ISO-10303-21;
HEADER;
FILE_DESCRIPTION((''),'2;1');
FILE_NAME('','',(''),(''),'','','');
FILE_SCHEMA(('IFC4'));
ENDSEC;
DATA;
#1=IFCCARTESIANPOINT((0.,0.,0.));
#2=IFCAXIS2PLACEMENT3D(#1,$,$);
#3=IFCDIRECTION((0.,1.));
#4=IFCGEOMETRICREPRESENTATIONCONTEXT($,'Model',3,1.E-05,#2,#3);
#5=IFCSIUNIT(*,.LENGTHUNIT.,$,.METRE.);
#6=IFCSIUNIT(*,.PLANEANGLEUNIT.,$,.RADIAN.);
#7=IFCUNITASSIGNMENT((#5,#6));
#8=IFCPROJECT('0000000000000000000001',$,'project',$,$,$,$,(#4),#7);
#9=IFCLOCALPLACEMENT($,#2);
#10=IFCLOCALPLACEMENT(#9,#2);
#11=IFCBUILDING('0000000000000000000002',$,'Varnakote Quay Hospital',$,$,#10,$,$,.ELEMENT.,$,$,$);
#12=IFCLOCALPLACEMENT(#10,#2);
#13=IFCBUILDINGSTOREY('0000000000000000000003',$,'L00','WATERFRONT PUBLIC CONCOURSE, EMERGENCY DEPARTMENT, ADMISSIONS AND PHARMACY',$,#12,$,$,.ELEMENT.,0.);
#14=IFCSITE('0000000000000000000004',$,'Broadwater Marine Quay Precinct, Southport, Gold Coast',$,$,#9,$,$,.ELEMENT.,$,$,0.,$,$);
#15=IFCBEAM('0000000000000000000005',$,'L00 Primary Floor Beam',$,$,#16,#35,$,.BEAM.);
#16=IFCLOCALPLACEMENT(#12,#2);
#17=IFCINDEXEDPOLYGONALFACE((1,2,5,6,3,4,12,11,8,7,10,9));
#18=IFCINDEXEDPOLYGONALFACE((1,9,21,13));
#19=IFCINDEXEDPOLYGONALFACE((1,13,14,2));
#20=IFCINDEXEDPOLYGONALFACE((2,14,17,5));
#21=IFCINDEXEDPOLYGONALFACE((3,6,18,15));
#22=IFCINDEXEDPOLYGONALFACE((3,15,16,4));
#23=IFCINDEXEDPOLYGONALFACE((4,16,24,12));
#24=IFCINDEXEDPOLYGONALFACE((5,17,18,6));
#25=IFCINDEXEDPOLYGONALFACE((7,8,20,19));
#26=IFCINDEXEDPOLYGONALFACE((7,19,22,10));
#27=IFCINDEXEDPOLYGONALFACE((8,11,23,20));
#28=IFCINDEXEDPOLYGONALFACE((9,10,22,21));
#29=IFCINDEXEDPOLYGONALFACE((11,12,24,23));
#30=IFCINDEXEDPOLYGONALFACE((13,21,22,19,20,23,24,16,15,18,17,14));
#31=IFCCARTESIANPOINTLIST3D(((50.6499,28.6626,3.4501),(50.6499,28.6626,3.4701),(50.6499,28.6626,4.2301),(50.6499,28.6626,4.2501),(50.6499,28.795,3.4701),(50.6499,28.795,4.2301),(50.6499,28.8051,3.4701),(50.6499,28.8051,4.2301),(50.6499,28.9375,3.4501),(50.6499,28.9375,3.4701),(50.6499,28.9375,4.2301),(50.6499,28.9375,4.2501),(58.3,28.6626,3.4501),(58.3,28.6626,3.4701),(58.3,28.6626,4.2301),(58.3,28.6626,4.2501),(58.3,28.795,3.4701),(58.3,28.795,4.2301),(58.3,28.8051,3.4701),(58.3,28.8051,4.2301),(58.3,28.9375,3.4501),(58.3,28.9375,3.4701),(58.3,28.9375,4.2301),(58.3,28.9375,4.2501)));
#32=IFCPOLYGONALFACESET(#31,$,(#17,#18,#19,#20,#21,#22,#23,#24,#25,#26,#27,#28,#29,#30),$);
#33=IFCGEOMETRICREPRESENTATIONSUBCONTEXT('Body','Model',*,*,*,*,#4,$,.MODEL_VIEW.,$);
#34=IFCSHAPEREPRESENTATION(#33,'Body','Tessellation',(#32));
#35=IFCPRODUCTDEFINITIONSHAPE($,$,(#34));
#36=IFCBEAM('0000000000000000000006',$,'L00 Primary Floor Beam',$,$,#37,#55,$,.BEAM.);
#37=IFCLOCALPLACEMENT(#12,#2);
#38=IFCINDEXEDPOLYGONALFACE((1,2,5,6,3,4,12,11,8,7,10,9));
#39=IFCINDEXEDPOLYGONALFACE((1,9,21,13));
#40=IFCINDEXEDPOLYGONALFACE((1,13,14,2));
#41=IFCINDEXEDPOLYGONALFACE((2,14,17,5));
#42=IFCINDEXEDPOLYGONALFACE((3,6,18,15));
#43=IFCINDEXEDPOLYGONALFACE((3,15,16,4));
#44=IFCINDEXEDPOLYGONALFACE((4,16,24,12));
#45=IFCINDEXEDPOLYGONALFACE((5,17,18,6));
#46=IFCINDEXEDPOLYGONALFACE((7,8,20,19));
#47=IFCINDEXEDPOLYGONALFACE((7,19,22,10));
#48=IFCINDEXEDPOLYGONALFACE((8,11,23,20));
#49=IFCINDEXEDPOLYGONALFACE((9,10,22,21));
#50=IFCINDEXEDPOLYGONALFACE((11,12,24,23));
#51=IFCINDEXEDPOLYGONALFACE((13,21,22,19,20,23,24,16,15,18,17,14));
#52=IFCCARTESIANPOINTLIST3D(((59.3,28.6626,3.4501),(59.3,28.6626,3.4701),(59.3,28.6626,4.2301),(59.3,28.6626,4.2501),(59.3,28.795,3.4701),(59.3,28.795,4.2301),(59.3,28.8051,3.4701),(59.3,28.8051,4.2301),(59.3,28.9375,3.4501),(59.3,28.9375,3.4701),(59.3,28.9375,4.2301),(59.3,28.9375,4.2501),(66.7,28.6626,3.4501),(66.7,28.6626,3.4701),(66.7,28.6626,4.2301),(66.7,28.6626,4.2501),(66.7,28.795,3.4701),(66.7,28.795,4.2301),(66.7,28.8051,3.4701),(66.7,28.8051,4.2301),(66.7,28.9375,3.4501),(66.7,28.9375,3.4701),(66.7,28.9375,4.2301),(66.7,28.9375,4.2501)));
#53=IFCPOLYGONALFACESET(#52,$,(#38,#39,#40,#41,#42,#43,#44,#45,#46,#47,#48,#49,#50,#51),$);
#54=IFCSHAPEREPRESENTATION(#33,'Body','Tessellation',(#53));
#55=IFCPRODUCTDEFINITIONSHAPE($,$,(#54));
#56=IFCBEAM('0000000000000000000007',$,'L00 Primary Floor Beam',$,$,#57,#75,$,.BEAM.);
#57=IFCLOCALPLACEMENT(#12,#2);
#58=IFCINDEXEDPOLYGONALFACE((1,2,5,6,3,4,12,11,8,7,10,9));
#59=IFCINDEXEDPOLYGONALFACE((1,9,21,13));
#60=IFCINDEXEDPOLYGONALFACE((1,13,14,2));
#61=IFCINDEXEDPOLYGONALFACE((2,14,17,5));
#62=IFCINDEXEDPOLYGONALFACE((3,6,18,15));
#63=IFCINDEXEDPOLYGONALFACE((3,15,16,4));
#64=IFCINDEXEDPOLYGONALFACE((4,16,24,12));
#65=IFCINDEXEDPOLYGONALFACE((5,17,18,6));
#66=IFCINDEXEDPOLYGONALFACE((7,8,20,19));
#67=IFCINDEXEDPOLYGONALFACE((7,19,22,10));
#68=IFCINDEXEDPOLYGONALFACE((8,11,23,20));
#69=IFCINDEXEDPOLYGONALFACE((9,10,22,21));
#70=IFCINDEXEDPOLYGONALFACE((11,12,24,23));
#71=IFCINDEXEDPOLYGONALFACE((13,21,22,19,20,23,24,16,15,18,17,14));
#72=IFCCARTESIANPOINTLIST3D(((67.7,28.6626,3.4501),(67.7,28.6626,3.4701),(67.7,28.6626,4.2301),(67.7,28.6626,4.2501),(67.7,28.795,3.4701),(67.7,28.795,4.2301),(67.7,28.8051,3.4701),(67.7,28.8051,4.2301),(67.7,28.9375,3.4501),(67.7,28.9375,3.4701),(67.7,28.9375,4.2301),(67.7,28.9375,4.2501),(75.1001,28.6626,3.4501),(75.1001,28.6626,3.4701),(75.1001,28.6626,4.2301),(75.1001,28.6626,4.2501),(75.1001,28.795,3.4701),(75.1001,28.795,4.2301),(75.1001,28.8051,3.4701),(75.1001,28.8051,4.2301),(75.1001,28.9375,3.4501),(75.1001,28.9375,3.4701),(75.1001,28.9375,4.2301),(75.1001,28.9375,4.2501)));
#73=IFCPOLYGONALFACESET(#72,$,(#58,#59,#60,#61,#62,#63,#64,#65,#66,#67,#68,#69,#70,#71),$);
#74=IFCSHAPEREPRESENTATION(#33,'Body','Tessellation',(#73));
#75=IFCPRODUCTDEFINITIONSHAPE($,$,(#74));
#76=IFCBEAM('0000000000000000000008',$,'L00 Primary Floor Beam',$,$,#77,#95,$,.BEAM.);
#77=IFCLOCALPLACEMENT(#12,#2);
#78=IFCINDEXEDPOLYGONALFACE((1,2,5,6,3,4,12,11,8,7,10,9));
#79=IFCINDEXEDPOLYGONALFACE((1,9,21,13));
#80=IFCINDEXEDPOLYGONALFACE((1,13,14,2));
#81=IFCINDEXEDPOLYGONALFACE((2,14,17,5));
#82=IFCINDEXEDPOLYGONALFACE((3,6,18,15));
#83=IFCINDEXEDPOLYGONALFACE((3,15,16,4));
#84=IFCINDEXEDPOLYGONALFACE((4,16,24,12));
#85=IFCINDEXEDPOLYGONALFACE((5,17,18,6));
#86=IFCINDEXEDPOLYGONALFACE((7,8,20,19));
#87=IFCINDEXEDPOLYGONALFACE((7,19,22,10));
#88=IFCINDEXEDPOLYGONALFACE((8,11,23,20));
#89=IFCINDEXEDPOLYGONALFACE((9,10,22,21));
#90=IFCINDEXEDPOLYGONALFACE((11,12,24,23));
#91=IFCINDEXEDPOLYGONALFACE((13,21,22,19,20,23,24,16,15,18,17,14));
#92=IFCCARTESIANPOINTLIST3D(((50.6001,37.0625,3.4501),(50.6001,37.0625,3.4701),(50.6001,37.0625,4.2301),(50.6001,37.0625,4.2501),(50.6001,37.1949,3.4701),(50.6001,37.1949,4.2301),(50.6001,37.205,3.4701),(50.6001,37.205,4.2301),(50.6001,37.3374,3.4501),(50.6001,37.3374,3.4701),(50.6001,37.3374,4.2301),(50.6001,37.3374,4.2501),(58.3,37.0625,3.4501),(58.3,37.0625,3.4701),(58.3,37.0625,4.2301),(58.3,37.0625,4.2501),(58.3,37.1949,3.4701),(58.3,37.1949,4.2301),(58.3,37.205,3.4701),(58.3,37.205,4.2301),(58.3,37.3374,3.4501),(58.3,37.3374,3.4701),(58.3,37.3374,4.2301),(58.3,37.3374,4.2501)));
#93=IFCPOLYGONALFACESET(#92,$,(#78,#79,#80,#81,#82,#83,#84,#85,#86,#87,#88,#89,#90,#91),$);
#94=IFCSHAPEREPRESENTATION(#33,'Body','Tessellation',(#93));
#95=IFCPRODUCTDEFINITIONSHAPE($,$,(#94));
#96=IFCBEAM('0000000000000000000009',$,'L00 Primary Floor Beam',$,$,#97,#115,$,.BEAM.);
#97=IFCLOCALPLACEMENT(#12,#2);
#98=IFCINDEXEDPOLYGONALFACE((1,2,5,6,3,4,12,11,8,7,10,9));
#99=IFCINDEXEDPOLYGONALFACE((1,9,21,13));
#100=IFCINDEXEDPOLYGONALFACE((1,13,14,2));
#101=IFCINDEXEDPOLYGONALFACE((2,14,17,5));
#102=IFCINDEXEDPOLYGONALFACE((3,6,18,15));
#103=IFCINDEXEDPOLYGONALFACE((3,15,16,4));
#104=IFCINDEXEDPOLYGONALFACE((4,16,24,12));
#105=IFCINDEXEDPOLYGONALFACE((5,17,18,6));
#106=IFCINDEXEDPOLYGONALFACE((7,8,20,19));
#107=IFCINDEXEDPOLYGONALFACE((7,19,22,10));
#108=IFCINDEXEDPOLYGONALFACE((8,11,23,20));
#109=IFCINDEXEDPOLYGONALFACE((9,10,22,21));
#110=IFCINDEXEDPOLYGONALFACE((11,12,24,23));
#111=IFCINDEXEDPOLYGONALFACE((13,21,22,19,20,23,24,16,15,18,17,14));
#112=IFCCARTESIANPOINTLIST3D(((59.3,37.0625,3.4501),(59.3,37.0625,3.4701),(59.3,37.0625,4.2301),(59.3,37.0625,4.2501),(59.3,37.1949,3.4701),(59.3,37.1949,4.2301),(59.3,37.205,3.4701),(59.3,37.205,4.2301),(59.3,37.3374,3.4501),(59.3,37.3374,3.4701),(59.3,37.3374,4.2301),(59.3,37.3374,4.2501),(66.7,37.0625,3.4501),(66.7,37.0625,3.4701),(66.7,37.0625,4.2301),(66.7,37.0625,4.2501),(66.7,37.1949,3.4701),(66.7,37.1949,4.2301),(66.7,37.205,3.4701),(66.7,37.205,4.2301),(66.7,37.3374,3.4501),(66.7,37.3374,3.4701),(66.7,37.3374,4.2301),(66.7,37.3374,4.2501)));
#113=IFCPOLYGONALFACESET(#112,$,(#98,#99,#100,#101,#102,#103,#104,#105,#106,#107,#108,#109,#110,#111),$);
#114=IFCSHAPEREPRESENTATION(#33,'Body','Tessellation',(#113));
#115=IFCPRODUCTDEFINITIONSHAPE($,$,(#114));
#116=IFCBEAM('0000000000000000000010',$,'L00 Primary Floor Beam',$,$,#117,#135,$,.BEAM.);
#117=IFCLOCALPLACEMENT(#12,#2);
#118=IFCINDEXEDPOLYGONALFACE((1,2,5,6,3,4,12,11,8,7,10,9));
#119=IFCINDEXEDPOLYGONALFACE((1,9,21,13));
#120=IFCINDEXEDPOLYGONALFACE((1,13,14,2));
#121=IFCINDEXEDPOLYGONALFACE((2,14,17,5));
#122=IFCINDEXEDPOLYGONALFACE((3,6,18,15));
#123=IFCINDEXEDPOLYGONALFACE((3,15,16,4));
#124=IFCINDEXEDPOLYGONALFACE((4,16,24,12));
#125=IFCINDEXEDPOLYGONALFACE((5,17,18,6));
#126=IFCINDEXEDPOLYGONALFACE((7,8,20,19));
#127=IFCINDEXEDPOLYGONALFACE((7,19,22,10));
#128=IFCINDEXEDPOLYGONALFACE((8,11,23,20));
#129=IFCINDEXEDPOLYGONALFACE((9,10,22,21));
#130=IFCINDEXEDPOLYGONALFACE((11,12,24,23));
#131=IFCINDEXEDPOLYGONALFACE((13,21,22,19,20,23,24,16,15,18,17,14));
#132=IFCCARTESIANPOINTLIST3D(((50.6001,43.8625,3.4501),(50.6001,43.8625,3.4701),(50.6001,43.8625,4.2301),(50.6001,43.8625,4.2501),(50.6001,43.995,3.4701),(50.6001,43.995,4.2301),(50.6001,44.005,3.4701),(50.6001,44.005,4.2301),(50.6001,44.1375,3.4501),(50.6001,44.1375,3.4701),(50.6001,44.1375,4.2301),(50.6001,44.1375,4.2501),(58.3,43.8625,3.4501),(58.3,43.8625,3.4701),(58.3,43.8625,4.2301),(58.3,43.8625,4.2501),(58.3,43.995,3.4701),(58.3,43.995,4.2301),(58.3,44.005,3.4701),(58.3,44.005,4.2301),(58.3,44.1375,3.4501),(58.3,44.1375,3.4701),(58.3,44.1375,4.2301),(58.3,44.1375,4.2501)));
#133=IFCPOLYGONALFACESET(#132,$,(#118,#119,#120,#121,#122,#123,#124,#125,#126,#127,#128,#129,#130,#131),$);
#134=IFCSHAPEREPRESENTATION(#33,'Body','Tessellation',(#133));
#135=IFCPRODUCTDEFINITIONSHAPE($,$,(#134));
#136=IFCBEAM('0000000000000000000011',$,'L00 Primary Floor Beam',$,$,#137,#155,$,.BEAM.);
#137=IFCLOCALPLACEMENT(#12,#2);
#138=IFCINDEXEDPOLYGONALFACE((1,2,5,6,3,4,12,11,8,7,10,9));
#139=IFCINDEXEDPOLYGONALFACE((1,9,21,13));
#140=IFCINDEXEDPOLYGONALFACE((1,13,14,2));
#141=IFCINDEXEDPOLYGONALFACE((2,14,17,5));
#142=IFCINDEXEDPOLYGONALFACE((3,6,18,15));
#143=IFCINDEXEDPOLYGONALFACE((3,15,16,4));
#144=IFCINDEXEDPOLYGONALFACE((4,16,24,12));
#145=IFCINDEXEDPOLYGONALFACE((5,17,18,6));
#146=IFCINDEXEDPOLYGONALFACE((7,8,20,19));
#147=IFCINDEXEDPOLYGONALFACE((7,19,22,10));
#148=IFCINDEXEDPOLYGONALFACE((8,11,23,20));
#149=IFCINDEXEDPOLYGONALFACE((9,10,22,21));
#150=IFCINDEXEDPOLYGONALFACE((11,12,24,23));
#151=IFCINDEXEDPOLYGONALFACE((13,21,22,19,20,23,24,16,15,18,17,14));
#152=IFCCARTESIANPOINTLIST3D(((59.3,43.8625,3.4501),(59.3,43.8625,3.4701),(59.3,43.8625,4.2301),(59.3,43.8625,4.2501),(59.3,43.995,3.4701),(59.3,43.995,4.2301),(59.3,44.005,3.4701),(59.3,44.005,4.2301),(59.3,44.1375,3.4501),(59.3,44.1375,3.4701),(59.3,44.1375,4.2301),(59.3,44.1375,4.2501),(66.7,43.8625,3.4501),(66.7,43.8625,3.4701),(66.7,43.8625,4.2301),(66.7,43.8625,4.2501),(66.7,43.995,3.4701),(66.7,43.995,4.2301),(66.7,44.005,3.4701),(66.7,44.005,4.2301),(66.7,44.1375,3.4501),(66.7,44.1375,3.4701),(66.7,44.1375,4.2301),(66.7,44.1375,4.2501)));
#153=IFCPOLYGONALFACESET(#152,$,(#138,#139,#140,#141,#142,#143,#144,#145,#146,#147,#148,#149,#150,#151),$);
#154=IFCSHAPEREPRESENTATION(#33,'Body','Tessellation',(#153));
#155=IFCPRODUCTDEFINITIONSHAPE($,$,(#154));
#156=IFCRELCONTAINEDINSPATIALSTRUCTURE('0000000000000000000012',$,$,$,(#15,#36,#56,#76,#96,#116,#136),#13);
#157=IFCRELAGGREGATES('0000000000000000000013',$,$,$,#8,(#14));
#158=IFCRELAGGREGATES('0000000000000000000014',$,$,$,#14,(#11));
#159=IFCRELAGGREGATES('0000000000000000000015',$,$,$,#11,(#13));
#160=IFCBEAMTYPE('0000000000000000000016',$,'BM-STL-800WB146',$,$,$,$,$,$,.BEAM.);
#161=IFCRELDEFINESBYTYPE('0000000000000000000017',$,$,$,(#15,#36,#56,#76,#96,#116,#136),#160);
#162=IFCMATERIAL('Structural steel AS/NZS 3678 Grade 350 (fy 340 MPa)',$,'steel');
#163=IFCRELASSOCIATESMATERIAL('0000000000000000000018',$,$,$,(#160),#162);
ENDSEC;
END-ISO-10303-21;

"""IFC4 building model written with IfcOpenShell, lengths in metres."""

from ifc_helpers import new_model, si_unit, direction, frame, origin, origin_2d, place, context, subcontext, project, spatial, i_section, extrude, material, material_profile, profile_set, type_object, element, save


model = new_model("IFC4")

# Units and contexts
model_context = context("Model", 3, precision=1e-05, world=origin(), true_north=direction((0.0, 1.0)))
body_context = subcontext(model_context, "Body", "Model", "MODEL_VIEW")
ifc_project = project(units=[si_unit("LENGTHUNIT", "METRE"), si_unit("PLANEANGLEUNIT", "RADIAN")], contexts=[model_context])

# Site, building, storey
site_placement = place(None, origin())
site = spatial("IfcSite", under=ifc_project, at=site_placement, Name="Broadwater Marine Quay Precinct, Southport, Gold Coast", CompositionType="ELEMENT", RefElevation=0.0)
building_placement = place(site_placement, origin())
building = spatial("IfcBuilding", under=site, at=building_placement, Name="Varnakote Quay Hospital", CompositionType="ELEMENT")
storey_placement = place(building_placement, origin())
storey = spatial("IfcBuildingStorey", under=building, at=storey_placement, Name="L00", Description="WATERFRONT PUBLIC CONCOURSE, EMERGENCY DEPARTMENT, ADMISSIONS AND PHARMACY", CompositionType="ELEMENT", Elevation=0.0)

# Beams
ifc_material_1 = material(Name="Structural steel AS/NZS 3678 Grade 350 (fy 340 MPa)", Category="steel")
ifc_material_profile_1 = material_profile(ifc_material_1, i_section(OverallWidth=0.2749, OverallDepth=0.8, WebThickness=0.01, FlangeThickness=0.02, at=origin_2d()), Name="800WB146")
ifc_profile_set_1 = profile_set([ifc_material_profile_1], Name="Structural steel AS/NZS 3678 Grade 350 (fy 340 MPa)")
beam_type_1 = type_object("IfcBeamType", Name="BM-STL-800WB146", PredefinedType="BEAM", material=ifc_profile_set_1)
beam_1_placement = place(storey_placement, frame((50.6499, 28.8, 3.8501), z_axis=(1.0, 0.0, 0.0), x_axis=(0.0, 1.0, 0.0)))
element("IfcBeam", 1, at=beam_1_placement, inside=storey, type_object=beam_type_1, Name="L00 Primary Floor Beam", PredefinedType="BEAM", context=body_context, shape_type="SweptSolid", body=[
    extrude(i_section(OverallWidth=0.2749, OverallDepth=0.8, WebThickness=0.01, FlangeThickness=0.02, at=origin_2d()), origin(), (0.0, 0.0, 1.0), 7.6501),
])
beam_2_placement = place(storey_placement, frame((59.3, 28.8, 3.8501), z_axis=(1.0, 0.0, 0.0), x_axis=(0.0, 1.0, 0.0)))
element("IfcBeam", 2, at=beam_2_placement, inside=storey, type_object=beam_type_1, Name="L00 Primary Floor Beam", PredefinedType="BEAM", context=body_context, shape_type="SweptSolid", body=[
    extrude(i_section(OverallWidth=0.2749, OverallDepth=0.8, WebThickness=0.01, FlangeThickness=0.02, at=origin_2d()), origin(), (0.0, 0.0, 1.0), 7.3999),
])
beam_3_placement = place(storey_placement, frame((67.7, 28.8, 3.8501), z_axis=(1.0, 0.0, 0.0), x_axis=(0.0, 1.0, 0.0)))
element("IfcBeam", 3, at=beam_3_placement, inside=storey, type_object=beam_type_1, Name="L00 Primary Floor Beam", PredefinedType="BEAM", context=body_context, shape_type="SweptSolid", body=[
    extrude(i_section(OverallWidth=0.2749, OverallDepth=0.8, WebThickness=0.01, FlangeThickness=0.02, at=origin_2d()), origin(), (0.0, 0.0, 1.0), 7.4001),
])
beam_4_placement = place(storey_placement, frame((50.6001, 37.2, 3.8501), z_axis=(1.0, 0.0, 0.0), x_axis=(0.0, 1.0, 0.0)))
element("IfcBeam", 4, at=beam_4_placement, inside=storey, type_object=beam_type_1, Name="L00 Primary Floor Beam", PredefinedType="BEAM", context=body_context, shape_type="SweptSolid", body=[
    extrude(i_section(OverallWidth=0.2749, OverallDepth=0.8, WebThickness=0.01, FlangeThickness=0.02, at=origin_2d()), origin(), (0.0, 0.0, 1.0), 7.7),
])
beam_5_placement = place(storey_placement, frame((59.3, 37.2, 3.8501), z_axis=(1.0, 0.0, 0.0), x_axis=(0.0, 1.0, 0.0)))
element("IfcBeam", 5, at=beam_5_placement, inside=storey, type_object=beam_type_1, Name="L00 Primary Floor Beam", PredefinedType="BEAM", context=body_context, shape_type="SweptSolid", body=[
    extrude(i_section(OverallWidth=0.2749, OverallDepth=0.8, WebThickness=0.01, FlangeThickness=0.02, at=origin_2d()), origin(), (0.0, 0.0, 1.0), 7.3999),
])
beam_6_placement = place(storey_placement, frame((50.6001, 44.0, 3.8501), z_axis=(1.0, 0.0, 0.0), x_axis=(0.0, 1.0, 0.0)))
element("IfcBeam", 6, at=beam_6_placement, inside=storey, type_object=beam_type_1, Name="L00 Primary Floor Beam", PredefinedType="BEAM", context=body_context, shape_type="SweptSolid", body=[
    extrude(i_section(OverallWidth=0.2749, OverallDepth=0.8, WebThickness=0.01, FlangeThickness=0.02, at=origin_2d()), origin(), (0.0, 0.0, 1.0), 7.7),
])
beam_7_placement = place(storey_placement, frame((59.3, 44.0, 3.8501), z_axis=(1.0, 0.0, 0.0), x_axis=(0.0, 1.0, 0.0)))
element("IfcBeam", 7, at=beam_7_placement, inside=storey, type_object=beam_type_1, Name="L00 Primary Floor Beam", PredefinedType="BEAM", context=body_context, shape_type="SweptSolid", body=[
    extrude(i_section(OverallWidth=0.2749, OverallDepth=0.8, WebThickness=0.01, FlangeThickness=0.02, at=origin_2d()), origin(), (0.0, 0.0, 1.0), 7.3999),
])

save(model, "model.ifc")
